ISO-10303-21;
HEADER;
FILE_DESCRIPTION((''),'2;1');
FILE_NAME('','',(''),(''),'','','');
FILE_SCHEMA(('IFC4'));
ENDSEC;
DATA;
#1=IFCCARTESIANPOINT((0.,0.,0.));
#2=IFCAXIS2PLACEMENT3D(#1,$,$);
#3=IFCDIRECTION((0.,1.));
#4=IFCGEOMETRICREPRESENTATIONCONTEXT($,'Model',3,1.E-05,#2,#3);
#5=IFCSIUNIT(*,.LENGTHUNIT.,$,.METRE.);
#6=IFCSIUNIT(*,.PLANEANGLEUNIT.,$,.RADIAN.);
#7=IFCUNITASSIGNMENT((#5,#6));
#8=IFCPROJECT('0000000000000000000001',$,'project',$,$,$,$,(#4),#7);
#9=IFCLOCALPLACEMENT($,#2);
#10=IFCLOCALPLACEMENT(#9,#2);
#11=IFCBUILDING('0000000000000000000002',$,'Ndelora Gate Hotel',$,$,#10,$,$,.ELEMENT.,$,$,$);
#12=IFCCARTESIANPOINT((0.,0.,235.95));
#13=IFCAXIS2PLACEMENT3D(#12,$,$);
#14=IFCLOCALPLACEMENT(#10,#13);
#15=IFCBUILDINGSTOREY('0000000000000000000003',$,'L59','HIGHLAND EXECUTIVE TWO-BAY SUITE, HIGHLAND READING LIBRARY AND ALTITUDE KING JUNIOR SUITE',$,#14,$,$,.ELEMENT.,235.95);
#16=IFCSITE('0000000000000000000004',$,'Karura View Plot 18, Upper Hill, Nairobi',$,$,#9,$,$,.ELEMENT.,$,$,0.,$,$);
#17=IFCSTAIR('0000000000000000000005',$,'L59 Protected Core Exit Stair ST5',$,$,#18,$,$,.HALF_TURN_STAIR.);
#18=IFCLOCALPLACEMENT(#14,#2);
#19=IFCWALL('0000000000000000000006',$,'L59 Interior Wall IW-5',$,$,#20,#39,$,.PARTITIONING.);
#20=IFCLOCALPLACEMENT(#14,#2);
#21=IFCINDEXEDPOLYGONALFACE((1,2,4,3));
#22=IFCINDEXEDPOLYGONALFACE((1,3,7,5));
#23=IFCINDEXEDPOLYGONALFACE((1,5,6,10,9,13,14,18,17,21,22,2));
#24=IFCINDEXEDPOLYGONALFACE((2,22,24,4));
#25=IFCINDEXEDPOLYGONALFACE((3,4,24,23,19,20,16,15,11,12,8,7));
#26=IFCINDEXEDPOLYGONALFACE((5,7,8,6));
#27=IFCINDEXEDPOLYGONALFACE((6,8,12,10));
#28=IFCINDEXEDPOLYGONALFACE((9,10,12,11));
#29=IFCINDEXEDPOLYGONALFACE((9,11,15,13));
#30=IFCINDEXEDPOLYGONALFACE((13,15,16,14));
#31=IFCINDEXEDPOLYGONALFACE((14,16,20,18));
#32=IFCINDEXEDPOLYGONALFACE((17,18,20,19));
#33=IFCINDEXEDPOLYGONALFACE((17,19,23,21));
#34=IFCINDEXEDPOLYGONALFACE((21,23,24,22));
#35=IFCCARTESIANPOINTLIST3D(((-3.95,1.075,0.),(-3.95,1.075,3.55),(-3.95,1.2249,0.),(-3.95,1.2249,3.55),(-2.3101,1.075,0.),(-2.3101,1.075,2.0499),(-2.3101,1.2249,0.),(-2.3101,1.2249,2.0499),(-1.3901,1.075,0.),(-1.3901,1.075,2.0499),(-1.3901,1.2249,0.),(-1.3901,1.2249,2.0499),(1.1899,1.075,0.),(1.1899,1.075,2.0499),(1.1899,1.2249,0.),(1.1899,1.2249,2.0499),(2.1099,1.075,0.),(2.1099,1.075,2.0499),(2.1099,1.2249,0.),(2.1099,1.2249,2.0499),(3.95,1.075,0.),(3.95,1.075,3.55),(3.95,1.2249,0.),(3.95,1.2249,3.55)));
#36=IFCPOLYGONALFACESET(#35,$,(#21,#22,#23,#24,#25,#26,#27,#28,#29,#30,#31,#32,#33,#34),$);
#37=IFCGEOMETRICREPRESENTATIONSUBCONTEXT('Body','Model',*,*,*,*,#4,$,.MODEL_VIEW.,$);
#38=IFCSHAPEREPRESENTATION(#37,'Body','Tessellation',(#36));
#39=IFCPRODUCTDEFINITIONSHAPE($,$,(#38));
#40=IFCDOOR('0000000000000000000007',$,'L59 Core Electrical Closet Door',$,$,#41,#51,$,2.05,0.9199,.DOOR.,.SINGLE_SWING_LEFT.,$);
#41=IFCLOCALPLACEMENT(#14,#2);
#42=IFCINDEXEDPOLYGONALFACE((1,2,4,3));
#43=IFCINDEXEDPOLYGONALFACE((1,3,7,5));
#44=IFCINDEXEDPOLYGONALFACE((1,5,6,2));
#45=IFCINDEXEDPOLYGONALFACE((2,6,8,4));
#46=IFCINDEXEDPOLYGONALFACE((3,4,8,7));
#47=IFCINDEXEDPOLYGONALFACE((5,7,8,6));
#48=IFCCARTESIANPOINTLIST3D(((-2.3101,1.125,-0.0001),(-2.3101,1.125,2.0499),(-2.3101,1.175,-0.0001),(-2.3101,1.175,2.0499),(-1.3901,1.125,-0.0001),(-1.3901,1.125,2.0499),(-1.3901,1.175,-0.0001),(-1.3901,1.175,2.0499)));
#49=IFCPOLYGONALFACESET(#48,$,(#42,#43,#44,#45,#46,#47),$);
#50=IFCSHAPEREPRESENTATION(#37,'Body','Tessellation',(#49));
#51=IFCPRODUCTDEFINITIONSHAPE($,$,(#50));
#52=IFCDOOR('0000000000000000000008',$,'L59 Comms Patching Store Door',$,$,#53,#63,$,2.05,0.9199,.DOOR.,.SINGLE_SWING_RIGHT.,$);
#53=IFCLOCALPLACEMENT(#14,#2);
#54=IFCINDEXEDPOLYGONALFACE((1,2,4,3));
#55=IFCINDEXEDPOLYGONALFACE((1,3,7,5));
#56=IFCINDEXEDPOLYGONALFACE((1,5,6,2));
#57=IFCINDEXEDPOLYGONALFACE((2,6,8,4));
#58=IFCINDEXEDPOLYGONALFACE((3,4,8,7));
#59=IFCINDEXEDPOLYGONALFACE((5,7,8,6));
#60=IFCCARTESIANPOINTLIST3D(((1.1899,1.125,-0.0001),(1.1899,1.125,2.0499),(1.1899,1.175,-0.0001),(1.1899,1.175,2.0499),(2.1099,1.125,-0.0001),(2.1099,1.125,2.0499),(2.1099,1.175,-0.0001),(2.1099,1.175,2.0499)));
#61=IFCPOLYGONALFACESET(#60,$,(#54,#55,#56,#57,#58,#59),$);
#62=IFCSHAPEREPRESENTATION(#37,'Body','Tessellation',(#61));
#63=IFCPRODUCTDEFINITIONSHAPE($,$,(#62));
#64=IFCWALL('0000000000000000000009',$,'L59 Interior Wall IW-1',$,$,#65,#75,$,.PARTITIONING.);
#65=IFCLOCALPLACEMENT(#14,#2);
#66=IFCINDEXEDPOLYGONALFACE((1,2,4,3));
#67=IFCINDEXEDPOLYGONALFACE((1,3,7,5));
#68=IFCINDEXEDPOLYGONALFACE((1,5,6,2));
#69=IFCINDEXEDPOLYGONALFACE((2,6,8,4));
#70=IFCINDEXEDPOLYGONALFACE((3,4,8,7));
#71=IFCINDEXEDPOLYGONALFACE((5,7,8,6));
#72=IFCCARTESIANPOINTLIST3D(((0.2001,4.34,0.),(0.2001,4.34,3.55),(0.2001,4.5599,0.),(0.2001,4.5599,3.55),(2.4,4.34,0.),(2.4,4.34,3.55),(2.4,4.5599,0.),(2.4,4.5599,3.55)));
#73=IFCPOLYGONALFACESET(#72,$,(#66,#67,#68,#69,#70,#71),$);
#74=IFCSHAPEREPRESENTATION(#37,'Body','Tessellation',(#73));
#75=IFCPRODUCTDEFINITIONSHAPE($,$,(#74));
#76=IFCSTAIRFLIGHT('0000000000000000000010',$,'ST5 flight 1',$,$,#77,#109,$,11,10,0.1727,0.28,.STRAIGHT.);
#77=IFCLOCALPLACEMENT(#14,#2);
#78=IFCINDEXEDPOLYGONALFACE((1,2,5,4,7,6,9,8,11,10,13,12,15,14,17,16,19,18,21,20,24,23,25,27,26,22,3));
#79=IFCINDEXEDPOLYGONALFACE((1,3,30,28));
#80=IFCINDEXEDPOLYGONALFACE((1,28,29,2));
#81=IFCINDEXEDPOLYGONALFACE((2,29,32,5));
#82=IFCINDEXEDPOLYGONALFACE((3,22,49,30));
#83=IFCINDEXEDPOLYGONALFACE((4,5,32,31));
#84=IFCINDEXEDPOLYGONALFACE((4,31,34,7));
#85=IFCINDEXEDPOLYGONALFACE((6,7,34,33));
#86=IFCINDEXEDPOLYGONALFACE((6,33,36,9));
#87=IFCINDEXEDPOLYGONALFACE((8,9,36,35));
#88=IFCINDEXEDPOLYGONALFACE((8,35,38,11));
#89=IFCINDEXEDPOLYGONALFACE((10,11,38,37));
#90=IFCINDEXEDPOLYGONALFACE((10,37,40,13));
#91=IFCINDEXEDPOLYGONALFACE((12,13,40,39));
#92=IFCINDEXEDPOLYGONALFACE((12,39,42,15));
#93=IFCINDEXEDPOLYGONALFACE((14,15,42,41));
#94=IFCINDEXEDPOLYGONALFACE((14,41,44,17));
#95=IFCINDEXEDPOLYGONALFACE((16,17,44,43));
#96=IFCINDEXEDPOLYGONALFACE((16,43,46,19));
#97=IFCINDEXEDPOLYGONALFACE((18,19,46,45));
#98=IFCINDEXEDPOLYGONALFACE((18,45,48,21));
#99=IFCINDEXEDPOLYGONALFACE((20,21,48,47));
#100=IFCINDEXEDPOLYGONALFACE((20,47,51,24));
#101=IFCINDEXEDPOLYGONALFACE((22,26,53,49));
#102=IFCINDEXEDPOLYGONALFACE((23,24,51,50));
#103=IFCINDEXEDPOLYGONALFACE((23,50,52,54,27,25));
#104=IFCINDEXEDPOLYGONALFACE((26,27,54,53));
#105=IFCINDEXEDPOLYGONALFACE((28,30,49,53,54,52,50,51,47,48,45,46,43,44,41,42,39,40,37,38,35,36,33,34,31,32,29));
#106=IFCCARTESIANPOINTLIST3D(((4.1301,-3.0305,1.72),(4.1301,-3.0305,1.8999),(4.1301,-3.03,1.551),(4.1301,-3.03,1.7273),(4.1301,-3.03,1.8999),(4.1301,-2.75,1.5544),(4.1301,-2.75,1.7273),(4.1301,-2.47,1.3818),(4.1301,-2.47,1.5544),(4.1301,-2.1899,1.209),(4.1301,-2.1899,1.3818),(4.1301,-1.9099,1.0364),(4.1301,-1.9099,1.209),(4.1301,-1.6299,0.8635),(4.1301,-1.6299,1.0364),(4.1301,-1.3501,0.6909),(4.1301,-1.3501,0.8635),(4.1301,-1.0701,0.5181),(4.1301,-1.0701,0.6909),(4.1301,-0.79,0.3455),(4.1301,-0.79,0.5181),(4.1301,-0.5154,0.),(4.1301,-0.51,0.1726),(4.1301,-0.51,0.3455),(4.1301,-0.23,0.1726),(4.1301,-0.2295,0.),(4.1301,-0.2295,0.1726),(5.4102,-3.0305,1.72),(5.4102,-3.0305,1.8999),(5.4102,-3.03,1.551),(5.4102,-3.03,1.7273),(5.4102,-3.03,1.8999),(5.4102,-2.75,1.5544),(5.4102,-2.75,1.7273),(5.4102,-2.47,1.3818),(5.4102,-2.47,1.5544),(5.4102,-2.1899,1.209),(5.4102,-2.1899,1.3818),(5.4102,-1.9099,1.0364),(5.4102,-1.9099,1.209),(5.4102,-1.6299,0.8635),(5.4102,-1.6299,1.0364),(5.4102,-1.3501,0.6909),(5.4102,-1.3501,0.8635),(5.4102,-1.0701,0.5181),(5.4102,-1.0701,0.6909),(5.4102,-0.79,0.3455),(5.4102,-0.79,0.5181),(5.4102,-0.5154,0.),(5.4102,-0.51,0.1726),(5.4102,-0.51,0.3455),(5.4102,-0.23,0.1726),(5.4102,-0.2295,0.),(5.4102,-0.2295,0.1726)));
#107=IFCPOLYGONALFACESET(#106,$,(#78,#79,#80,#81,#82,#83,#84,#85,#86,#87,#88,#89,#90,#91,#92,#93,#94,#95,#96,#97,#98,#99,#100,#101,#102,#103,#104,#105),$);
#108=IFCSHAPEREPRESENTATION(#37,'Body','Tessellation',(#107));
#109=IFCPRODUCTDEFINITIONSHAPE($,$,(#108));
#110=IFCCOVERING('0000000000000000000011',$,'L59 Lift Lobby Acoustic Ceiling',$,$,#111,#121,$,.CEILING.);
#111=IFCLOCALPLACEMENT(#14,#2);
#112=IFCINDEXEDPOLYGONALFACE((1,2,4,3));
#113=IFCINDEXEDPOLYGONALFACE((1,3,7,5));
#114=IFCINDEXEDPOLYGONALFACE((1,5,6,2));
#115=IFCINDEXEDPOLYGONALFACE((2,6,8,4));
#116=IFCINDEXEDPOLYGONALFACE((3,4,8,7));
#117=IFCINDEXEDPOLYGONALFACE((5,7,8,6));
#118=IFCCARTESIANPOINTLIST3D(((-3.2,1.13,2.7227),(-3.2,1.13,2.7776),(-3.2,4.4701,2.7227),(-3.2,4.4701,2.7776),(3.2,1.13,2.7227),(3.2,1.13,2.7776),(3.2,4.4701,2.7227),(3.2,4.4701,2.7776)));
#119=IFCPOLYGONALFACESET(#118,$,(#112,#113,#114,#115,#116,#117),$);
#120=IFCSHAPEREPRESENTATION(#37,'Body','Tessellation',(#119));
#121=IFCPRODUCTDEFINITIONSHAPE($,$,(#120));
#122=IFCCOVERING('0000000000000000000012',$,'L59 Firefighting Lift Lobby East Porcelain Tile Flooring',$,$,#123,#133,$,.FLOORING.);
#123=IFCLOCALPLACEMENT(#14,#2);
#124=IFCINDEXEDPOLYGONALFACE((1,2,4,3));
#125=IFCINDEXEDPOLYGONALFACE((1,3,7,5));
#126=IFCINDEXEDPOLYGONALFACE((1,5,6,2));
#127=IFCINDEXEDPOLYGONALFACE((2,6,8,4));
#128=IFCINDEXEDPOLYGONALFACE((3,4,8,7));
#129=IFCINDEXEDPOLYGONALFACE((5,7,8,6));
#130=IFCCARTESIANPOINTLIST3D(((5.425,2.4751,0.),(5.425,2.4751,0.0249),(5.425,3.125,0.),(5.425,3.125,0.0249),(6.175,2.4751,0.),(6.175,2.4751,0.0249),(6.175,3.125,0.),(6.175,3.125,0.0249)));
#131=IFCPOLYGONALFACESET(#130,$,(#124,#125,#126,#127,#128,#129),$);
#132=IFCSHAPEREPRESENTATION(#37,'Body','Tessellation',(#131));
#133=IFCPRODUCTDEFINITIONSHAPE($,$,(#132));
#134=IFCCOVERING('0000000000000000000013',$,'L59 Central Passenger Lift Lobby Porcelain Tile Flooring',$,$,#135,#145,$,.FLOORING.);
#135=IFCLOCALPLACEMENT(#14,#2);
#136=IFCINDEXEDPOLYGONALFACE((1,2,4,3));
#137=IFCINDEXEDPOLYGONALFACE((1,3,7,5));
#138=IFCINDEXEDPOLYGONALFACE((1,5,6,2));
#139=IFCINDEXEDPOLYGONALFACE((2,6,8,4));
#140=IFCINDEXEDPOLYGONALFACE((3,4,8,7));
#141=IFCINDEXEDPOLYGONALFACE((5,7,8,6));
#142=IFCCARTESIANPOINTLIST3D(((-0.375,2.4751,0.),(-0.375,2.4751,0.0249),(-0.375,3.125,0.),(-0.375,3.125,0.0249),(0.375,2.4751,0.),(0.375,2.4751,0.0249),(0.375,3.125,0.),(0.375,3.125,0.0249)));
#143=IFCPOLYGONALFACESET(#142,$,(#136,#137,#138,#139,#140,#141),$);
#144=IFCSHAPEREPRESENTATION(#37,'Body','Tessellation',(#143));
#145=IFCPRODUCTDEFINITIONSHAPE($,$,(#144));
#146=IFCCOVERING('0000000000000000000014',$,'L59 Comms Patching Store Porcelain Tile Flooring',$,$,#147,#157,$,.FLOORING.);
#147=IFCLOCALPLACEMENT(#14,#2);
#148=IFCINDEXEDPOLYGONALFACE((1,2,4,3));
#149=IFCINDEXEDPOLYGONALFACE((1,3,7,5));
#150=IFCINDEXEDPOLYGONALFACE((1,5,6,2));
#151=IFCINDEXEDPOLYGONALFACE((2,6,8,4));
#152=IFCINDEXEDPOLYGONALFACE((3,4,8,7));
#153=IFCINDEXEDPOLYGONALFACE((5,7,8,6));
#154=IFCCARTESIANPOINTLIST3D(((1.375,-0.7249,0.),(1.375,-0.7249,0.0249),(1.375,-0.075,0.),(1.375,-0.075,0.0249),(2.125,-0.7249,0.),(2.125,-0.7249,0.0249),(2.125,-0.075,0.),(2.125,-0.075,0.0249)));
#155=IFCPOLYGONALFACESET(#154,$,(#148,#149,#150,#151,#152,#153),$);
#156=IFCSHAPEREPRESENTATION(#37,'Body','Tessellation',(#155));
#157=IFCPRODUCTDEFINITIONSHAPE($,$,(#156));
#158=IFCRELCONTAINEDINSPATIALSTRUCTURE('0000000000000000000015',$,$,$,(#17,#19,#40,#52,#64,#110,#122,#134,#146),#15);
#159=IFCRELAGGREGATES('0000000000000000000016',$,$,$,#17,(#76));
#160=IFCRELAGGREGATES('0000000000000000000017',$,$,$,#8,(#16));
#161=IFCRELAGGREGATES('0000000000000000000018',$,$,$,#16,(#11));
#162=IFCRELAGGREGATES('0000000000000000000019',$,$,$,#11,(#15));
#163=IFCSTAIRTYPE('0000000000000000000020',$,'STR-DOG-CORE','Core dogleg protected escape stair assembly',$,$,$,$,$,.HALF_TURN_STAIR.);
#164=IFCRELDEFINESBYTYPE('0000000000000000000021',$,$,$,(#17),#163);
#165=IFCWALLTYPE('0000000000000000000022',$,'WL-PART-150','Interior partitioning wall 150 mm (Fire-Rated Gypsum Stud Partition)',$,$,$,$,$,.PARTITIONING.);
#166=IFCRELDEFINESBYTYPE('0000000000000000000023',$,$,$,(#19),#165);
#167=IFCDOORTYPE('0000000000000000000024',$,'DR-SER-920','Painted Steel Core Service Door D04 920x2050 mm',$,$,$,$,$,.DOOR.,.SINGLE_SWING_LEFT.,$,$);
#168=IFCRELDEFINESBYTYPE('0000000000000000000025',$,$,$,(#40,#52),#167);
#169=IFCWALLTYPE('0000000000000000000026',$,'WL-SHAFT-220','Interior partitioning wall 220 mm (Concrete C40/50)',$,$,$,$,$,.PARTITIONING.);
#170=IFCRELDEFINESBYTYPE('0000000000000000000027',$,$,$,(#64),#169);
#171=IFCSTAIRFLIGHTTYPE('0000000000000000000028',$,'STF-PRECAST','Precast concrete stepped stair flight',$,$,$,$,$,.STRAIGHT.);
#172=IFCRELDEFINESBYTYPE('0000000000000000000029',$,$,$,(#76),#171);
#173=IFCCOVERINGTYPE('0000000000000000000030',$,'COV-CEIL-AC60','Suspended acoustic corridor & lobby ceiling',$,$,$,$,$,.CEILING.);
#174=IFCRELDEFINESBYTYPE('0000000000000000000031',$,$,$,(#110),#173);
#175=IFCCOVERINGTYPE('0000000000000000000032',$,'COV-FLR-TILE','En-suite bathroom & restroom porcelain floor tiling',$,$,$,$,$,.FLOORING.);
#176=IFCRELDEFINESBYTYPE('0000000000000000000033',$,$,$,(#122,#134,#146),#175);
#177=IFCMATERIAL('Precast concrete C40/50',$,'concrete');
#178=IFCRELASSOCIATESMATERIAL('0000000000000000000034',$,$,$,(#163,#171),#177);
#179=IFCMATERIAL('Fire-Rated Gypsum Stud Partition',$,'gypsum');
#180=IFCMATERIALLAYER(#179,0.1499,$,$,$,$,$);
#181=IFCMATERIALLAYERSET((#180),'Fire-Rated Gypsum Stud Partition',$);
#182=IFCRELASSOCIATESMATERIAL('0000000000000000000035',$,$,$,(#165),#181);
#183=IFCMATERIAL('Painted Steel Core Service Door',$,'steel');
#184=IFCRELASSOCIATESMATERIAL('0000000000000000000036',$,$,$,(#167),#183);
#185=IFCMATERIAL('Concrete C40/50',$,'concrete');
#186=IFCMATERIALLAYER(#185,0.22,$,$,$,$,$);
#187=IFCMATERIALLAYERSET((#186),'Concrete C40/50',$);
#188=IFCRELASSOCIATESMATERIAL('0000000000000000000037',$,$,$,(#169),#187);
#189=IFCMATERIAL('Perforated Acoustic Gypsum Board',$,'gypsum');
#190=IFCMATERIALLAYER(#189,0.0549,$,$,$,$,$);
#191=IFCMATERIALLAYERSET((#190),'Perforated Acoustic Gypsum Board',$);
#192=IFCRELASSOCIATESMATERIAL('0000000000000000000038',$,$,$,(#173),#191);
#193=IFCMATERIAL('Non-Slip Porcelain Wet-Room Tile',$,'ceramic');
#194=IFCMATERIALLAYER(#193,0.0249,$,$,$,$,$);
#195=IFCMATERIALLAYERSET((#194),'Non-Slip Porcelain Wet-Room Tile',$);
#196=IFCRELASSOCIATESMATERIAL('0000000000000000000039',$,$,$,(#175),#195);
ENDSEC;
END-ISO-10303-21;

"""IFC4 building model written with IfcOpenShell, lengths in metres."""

from ifc_helpers import new_model, si_unit, direction, frame, frame_2d, origin, origin_2d, place, context, subcontext, project, spatial, polyline, rectangle, outline, extrude, material, layer, layer_set, type_object, element, fill, aggregate, save


model = new_model("IFC4")

# Units and contexts
model_context = context("Model", 3, precision=1e-05, world=origin(), true_north=direction((0.0, 1.0)))
body_context = subcontext(model_context, "Body", "Model", "MODEL_VIEW")
ifc_project = project(units=[si_unit("LENGTHUNIT", "METRE"), si_unit("PLANEANGLEUNIT", "RADIAN")], contexts=[model_context])

# Site, building, storey
site_placement = place(None, origin())
site = spatial("IfcSite", under=ifc_project, at=site_placement, Name="Karura View Plot 18, Upper Hill, Nairobi", CompositionType="ELEMENT", RefElevation=0.0)
building_placement = place(site_placement, origin())
building = spatial("IfcBuilding", under=site, at=building_placement, Name="Ndelora Gate Hotel", CompositionType="ELEMENT")
storey_placement = place(building_placement, frame((0.0, 0.0, 235.95)))
storey = spatial("IfcBuildingStorey", under=building, at=storey_placement, Name="L59", Description="HIGHLAND EXECUTIVE TWO-BAY SUITE, HIGHLAND READING LIBRARY AND ALTITUDE KING JUNIOR SUITE", CompositionType="ELEMENT", Elevation=235.95)

# Stair
ifc_material_1 = material(Name="Precast concrete C40/50", Category="concrete")
stair_type = type_object("IfcStairType", Name="STR-DOG-CORE", Description="Core dogleg protected escape stair assembly", PredefinedType="HALF_TURN_STAIR", material=ifc_material_1)
stair_1_placement = place(storey_placement, origin())
stair_1 = element("IfcStair", 1, at=stair_1_placement, inside=storey, type_object=stair_type, Name="L59 Protected Core Exit Stair ST5", PredefinedType="HALF_TURN_STAIR")

# Shared definitions
ifc_material_2 = material(Name="Concrete C40/50", Category="concrete")

# Wall, openings, doors
ifc_material_3 = material(Name="Fire-Rated Gypsum Stud Partition", Category="gypsum")
ifc_layer_1 = layer(ifc_material_3, 0.1499)
ifc_layer_set_1 = layer_set([ifc_layer_1], Name="Fire-Rated Gypsum Stud Partition")
wall_type_1 = type_object("IfcWallType", Name="WL-PART-150", Description="Interior partitioning wall 150 mm (Fire-Rated Gypsum Stud Partition)", PredefinedType="PARTITIONING", material=ifc_layer_set_1)
wall_1_placement = place(storey_placement, frame((3.95, 1.1499, 0.0), z_axis=(0.0, 0.0, 1.0), x_axis=(-1.0, 0.0, 0.0)))
wall_1 = element("IfcWall", 2, at=wall_1_placement, inside=storey, type_object=wall_type_1, Name="L59 Interior Wall IW-5", PredefinedType="PARTITIONING", context=body_context, shape_type="SweptSolid", body=[
    extrude(rectangle(XDim=7.8999, YDim=0.1499, at=frame_2d((3.95, 0.0))), origin(), (0.0, 0.0, 1.0), 3.55),
])
opening_1_placement = place(wall_1_placement, frame((5.3401, 0.0, 0.0)))
opening_1 = element("IfcOpeningElement", 3, at=opening_1_placement, cuts=wall_1, PredefinedType="OPENING", context=body_context, shape_type="SweptSolid", body=[
    extrude(rectangle(XDim=0.9199, YDim=2.05, at=frame_2d((0.46, 1.0249))), frame((0.0, 0.085, 0.0), z_axis=(0.0, -1.0, 0.0), x_axis=(1.0, 0.0, 0.0)), (0.0, 0.0, 1.0), 0.1699),
])
opening_2_placement = place(wall_1_placement, frame((1.8401, 0.0, 0.0)))
opening_2 = element("IfcOpeningElement", 4, at=opening_2_placement, cuts=wall_1, PredefinedType="OPENING", context=body_context, shape_type="SweptSolid", body=[
    extrude(rectangle(XDim=0.9199, YDim=2.05, at=frame_2d((0.46, 1.0249))), frame((0.0, 0.085, 0.0), z_axis=(0.0, -1.0, 0.0), x_axis=(1.0, 0.0, 0.0)), (0.0, 0.0, 1.0), 0.1699),
])
ifc_material_4 = material(Name="Painted Steel Core Service Door", Category="steel")
door_type_1 = type_object("IfcDoorType", Name="DR-SER-920", Description="Painted Steel Core Service Door D04 920x2050 mm", OperationType="SINGLE_SWING_LEFT", PredefinedType="DOOR", material=ifc_material_4)
door_1_placement = place(opening_1_placement, origin())
door_1 = element("IfcDoor", 5, at=door_1_placement, inside=storey, type_object=door_type_1, Name="L59 Core Electrical Closet Door", OperationType="SINGLE_SWING_LEFT", OverallHeight=2.05, OverallWidth=0.9199, PredefinedType="DOOR", context=body_context, shape_type="SweptSolid", body=[
    extrude(rectangle(XDim=0.9199, YDim=2.05, at=frame_2d((0.46, 1.0249))), frame((0.0, 0.0249, 0.0), z_axis=(0.0, -1.0, 0.0), x_axis=(1.0, 0.0, 0.0)), (0.0, 0.0, 1.0), 0.05),
])
fill(opening_1, door_1)
door_2_placement = place(opening_2_placement, origin())
door_2 = element("IfcDoor", 6, at=door_2_placement, inside=storey, type_object=door_type_1, Name="L59 Comms Patching Store Door", OperationType="SINGLE_SWING_RIGHT", OverallHeight=2.05, OverallWidth=0.9199, PredefinedType="DOOR", context=body_context, shape_type="SweptSolid", body=[
    extrude(rectangle(XDim=0.9199, YDim=2.05, at=frame_2d((0.46, 1.0249))), frame((0.0, 0.0249, 0.0), z_axis=(0.0, -1.0, 0.0), x_axis=(1.0, 0.0, 0.0)), (0.0, 0.0, 1.0), 0.05),
])
fill(opening_2, door_2)

# Shared definitions
ifc_layer_2 = layer(ifc_material_2, 0.22)
ifc_layer_set_2 = layer_set([ifc_layer_2], Name="Concrete C40/50")
wall_type_2 = type_object("IfcWallType", Name="WL-SHAFT-220", Description="Interior partitioning wall 220 mm (Concrete C40/50)", PredefinedType="PARTITIONING", material=ifc_layer_set_2)

# Wall
wall_2_placement = place(storey_placement, frame((0.2, 4.45, 0.0), z_axis=(0.0, 0.0, 1.0), x_axis=(1.0, 0.0, 0.0)))
element("IfcWall", 7, at=wall_2_placement, inside=storey, type_object=wall_type_2, Name="L59 Interior Wall IW-1", PredefinedType="PARTITIONING", context=body_context, shape_type="SweptSolid", body=[
    extrude(rectangle(XDim=2.2, YDim=0.22, at=frame_2d((1.1001, 0.0))), origin(), (0.0, 0.0, 1.0), 3.55),
])

# Stair flight
stair_flight_type = type_object("IfcStairFlightType", Name="STF-PRECAST", Description="Precast concrete stepped stair flight", PredefinedType="STRAIGHT", material=ifc_material_1)
stair_flight_placement = place(storey_placement, frame((4.77, -0.23, 0.0), z_axis=(0.0, 0.0, 1.0), x_axis=(0.0, -1.0, 0.0)))
stair_flight = element("IfcStairFlight", 8, at=stair_flight_placement, type_object=stair_flight_type, Name="ST5 flight 1", NumberOfRisers=11, NumberOfTreads=10, PredefinedType="STRAIGHT", RiserHeight=0.1727, TreadLength=0.28, context=body_context, shape_type="SweptSolid", body=[
    extrude(outline(polyline([(-0.0005, 0.0), (-0.0005, 0.1726), (0.0, 0.1726), (0.28, 0.1726), (0.28, 0.3455), (0.5601, 0.3455), (0.5601, 0.5181), (0.8401, 0.5181), (0.8401, 0.6909), (1.1201, 0.6909), (1.1201, 0.8635), (1.3999, 0.8635), (1.3999, 1.0364), (1.6799, 1.0364), (1.6799, 1.209), (1.96, 1.209), (1.96, 1.3818), (2.24, 1.3818), (2.24, 1.5544), (2.52, 1.5544), (2.52, 1.7273), (2.8, 1.7273), (2.8, 1.8999), (2.8005, 1.8999), (2.8005, 1.72), (2.8, 1.551), (0.2854, 0.0), (-0.0005, 0.0)])), frame((0.0, 0.6401, 0.0), z_axis=(0.0, -1.0, 0.0), x_axis=(1.0, 0.0, 0.0)), (0.0, 0.0, 1.0), 1.28),
])
aggregate(stair_1, [stair_flight])

# Coverings
ifc_material_5 = material(Name="Perforated Acoustic Gypsum Board", Category="gypsum")
ifc_layer_3 = layer(ifc_material_5, 0.0549)
ifc_layer_set_3 = layer_set([ifc_layer_3], Name="Perforated Acoustic Gypsum Board")
covering_type_1 = type_object("IfcCoveringType", Name="COV-CEIL-AC60", Description="Suspended acoustic corridor & lobby ceiling", PredefinedType="CEILING", material=ifc_layer_set_3)
covering_placement = place(storey_placement, frame((0.0, 2.8, 2.7227), z_axis=(0.0, 0.0, 1.0), x_axis=(1.0, 0.0, 0.0)))
element("IfcCovering", 9, at=covering_placement, inside=storey, type_object=covering_type_1, Name="L59 Lift Lobby Acoustic Ceiling", PredefinedType="CEILING", context=body_context, shape_type="SweptSolid", body=[
    extrude(rectangle(XDim=6.3999, YDim=3.3401, at=origin_2d()), origin(), (0.0, 0.0, 1.0), 0.0549),
])
ifc_material_6 = material(Name="Non-Slip Porcelain Wet-Room Tile", Category="ceramic")
ifc_layer_4 = layer(ifc_material_6, 0.0249)
ifc_layer_set_4 = layer_set([ifc_layer_4], Name="Non-Slip Porcelain Wet-Room Tile")
covering_type_2 = type_object("IfcCoveringType", Name="COV-FLR-TILE", Description="En-suite bathroom & restroom porcelain floor tiling", PredefinedType="FLOORING", material=ifc_layer_set_4)
for number, where, z_axis, x_axis, name in (
    (10, (5.8, 2.8, 0.0), (0.0, 0.0, 1.0), (1.0, 0.0, 0.0), "L59 Firefighting Lift Lobby East Porcelain Tile Flooring"),
    (11, (0.0, 2.8, 0.0), (0.0, 0.0, 1.0), (1.0, 0.0, 0.0), "L59 Central Passenger Lift Lobby Porcelain Tile Flooring"),
    (12, (1.75, -0.3999, 0.0), (0.0, 0.0, 1.0), (1.0, 0.0, 0.0), "L59 Comms Patching Store Porcelain Tile Flooring"),
):
    element("IfcCovering", number, at=place(storey_placement, frame(where, z_axis=z_axis, x_axis=x_axis)), inside=storey, type_object=covering_type_2, Name=name, PredefinedType="FLOORING", context=body_context, shape_type="SweptSolid", body=[
        extrude(rectangle(XDim=0.75, YDim=0.6499, at=origin_2d()), origin(), (0.0, 0.0, 1.0), 0.0249),
    ])

save(model, "model.ifc")
